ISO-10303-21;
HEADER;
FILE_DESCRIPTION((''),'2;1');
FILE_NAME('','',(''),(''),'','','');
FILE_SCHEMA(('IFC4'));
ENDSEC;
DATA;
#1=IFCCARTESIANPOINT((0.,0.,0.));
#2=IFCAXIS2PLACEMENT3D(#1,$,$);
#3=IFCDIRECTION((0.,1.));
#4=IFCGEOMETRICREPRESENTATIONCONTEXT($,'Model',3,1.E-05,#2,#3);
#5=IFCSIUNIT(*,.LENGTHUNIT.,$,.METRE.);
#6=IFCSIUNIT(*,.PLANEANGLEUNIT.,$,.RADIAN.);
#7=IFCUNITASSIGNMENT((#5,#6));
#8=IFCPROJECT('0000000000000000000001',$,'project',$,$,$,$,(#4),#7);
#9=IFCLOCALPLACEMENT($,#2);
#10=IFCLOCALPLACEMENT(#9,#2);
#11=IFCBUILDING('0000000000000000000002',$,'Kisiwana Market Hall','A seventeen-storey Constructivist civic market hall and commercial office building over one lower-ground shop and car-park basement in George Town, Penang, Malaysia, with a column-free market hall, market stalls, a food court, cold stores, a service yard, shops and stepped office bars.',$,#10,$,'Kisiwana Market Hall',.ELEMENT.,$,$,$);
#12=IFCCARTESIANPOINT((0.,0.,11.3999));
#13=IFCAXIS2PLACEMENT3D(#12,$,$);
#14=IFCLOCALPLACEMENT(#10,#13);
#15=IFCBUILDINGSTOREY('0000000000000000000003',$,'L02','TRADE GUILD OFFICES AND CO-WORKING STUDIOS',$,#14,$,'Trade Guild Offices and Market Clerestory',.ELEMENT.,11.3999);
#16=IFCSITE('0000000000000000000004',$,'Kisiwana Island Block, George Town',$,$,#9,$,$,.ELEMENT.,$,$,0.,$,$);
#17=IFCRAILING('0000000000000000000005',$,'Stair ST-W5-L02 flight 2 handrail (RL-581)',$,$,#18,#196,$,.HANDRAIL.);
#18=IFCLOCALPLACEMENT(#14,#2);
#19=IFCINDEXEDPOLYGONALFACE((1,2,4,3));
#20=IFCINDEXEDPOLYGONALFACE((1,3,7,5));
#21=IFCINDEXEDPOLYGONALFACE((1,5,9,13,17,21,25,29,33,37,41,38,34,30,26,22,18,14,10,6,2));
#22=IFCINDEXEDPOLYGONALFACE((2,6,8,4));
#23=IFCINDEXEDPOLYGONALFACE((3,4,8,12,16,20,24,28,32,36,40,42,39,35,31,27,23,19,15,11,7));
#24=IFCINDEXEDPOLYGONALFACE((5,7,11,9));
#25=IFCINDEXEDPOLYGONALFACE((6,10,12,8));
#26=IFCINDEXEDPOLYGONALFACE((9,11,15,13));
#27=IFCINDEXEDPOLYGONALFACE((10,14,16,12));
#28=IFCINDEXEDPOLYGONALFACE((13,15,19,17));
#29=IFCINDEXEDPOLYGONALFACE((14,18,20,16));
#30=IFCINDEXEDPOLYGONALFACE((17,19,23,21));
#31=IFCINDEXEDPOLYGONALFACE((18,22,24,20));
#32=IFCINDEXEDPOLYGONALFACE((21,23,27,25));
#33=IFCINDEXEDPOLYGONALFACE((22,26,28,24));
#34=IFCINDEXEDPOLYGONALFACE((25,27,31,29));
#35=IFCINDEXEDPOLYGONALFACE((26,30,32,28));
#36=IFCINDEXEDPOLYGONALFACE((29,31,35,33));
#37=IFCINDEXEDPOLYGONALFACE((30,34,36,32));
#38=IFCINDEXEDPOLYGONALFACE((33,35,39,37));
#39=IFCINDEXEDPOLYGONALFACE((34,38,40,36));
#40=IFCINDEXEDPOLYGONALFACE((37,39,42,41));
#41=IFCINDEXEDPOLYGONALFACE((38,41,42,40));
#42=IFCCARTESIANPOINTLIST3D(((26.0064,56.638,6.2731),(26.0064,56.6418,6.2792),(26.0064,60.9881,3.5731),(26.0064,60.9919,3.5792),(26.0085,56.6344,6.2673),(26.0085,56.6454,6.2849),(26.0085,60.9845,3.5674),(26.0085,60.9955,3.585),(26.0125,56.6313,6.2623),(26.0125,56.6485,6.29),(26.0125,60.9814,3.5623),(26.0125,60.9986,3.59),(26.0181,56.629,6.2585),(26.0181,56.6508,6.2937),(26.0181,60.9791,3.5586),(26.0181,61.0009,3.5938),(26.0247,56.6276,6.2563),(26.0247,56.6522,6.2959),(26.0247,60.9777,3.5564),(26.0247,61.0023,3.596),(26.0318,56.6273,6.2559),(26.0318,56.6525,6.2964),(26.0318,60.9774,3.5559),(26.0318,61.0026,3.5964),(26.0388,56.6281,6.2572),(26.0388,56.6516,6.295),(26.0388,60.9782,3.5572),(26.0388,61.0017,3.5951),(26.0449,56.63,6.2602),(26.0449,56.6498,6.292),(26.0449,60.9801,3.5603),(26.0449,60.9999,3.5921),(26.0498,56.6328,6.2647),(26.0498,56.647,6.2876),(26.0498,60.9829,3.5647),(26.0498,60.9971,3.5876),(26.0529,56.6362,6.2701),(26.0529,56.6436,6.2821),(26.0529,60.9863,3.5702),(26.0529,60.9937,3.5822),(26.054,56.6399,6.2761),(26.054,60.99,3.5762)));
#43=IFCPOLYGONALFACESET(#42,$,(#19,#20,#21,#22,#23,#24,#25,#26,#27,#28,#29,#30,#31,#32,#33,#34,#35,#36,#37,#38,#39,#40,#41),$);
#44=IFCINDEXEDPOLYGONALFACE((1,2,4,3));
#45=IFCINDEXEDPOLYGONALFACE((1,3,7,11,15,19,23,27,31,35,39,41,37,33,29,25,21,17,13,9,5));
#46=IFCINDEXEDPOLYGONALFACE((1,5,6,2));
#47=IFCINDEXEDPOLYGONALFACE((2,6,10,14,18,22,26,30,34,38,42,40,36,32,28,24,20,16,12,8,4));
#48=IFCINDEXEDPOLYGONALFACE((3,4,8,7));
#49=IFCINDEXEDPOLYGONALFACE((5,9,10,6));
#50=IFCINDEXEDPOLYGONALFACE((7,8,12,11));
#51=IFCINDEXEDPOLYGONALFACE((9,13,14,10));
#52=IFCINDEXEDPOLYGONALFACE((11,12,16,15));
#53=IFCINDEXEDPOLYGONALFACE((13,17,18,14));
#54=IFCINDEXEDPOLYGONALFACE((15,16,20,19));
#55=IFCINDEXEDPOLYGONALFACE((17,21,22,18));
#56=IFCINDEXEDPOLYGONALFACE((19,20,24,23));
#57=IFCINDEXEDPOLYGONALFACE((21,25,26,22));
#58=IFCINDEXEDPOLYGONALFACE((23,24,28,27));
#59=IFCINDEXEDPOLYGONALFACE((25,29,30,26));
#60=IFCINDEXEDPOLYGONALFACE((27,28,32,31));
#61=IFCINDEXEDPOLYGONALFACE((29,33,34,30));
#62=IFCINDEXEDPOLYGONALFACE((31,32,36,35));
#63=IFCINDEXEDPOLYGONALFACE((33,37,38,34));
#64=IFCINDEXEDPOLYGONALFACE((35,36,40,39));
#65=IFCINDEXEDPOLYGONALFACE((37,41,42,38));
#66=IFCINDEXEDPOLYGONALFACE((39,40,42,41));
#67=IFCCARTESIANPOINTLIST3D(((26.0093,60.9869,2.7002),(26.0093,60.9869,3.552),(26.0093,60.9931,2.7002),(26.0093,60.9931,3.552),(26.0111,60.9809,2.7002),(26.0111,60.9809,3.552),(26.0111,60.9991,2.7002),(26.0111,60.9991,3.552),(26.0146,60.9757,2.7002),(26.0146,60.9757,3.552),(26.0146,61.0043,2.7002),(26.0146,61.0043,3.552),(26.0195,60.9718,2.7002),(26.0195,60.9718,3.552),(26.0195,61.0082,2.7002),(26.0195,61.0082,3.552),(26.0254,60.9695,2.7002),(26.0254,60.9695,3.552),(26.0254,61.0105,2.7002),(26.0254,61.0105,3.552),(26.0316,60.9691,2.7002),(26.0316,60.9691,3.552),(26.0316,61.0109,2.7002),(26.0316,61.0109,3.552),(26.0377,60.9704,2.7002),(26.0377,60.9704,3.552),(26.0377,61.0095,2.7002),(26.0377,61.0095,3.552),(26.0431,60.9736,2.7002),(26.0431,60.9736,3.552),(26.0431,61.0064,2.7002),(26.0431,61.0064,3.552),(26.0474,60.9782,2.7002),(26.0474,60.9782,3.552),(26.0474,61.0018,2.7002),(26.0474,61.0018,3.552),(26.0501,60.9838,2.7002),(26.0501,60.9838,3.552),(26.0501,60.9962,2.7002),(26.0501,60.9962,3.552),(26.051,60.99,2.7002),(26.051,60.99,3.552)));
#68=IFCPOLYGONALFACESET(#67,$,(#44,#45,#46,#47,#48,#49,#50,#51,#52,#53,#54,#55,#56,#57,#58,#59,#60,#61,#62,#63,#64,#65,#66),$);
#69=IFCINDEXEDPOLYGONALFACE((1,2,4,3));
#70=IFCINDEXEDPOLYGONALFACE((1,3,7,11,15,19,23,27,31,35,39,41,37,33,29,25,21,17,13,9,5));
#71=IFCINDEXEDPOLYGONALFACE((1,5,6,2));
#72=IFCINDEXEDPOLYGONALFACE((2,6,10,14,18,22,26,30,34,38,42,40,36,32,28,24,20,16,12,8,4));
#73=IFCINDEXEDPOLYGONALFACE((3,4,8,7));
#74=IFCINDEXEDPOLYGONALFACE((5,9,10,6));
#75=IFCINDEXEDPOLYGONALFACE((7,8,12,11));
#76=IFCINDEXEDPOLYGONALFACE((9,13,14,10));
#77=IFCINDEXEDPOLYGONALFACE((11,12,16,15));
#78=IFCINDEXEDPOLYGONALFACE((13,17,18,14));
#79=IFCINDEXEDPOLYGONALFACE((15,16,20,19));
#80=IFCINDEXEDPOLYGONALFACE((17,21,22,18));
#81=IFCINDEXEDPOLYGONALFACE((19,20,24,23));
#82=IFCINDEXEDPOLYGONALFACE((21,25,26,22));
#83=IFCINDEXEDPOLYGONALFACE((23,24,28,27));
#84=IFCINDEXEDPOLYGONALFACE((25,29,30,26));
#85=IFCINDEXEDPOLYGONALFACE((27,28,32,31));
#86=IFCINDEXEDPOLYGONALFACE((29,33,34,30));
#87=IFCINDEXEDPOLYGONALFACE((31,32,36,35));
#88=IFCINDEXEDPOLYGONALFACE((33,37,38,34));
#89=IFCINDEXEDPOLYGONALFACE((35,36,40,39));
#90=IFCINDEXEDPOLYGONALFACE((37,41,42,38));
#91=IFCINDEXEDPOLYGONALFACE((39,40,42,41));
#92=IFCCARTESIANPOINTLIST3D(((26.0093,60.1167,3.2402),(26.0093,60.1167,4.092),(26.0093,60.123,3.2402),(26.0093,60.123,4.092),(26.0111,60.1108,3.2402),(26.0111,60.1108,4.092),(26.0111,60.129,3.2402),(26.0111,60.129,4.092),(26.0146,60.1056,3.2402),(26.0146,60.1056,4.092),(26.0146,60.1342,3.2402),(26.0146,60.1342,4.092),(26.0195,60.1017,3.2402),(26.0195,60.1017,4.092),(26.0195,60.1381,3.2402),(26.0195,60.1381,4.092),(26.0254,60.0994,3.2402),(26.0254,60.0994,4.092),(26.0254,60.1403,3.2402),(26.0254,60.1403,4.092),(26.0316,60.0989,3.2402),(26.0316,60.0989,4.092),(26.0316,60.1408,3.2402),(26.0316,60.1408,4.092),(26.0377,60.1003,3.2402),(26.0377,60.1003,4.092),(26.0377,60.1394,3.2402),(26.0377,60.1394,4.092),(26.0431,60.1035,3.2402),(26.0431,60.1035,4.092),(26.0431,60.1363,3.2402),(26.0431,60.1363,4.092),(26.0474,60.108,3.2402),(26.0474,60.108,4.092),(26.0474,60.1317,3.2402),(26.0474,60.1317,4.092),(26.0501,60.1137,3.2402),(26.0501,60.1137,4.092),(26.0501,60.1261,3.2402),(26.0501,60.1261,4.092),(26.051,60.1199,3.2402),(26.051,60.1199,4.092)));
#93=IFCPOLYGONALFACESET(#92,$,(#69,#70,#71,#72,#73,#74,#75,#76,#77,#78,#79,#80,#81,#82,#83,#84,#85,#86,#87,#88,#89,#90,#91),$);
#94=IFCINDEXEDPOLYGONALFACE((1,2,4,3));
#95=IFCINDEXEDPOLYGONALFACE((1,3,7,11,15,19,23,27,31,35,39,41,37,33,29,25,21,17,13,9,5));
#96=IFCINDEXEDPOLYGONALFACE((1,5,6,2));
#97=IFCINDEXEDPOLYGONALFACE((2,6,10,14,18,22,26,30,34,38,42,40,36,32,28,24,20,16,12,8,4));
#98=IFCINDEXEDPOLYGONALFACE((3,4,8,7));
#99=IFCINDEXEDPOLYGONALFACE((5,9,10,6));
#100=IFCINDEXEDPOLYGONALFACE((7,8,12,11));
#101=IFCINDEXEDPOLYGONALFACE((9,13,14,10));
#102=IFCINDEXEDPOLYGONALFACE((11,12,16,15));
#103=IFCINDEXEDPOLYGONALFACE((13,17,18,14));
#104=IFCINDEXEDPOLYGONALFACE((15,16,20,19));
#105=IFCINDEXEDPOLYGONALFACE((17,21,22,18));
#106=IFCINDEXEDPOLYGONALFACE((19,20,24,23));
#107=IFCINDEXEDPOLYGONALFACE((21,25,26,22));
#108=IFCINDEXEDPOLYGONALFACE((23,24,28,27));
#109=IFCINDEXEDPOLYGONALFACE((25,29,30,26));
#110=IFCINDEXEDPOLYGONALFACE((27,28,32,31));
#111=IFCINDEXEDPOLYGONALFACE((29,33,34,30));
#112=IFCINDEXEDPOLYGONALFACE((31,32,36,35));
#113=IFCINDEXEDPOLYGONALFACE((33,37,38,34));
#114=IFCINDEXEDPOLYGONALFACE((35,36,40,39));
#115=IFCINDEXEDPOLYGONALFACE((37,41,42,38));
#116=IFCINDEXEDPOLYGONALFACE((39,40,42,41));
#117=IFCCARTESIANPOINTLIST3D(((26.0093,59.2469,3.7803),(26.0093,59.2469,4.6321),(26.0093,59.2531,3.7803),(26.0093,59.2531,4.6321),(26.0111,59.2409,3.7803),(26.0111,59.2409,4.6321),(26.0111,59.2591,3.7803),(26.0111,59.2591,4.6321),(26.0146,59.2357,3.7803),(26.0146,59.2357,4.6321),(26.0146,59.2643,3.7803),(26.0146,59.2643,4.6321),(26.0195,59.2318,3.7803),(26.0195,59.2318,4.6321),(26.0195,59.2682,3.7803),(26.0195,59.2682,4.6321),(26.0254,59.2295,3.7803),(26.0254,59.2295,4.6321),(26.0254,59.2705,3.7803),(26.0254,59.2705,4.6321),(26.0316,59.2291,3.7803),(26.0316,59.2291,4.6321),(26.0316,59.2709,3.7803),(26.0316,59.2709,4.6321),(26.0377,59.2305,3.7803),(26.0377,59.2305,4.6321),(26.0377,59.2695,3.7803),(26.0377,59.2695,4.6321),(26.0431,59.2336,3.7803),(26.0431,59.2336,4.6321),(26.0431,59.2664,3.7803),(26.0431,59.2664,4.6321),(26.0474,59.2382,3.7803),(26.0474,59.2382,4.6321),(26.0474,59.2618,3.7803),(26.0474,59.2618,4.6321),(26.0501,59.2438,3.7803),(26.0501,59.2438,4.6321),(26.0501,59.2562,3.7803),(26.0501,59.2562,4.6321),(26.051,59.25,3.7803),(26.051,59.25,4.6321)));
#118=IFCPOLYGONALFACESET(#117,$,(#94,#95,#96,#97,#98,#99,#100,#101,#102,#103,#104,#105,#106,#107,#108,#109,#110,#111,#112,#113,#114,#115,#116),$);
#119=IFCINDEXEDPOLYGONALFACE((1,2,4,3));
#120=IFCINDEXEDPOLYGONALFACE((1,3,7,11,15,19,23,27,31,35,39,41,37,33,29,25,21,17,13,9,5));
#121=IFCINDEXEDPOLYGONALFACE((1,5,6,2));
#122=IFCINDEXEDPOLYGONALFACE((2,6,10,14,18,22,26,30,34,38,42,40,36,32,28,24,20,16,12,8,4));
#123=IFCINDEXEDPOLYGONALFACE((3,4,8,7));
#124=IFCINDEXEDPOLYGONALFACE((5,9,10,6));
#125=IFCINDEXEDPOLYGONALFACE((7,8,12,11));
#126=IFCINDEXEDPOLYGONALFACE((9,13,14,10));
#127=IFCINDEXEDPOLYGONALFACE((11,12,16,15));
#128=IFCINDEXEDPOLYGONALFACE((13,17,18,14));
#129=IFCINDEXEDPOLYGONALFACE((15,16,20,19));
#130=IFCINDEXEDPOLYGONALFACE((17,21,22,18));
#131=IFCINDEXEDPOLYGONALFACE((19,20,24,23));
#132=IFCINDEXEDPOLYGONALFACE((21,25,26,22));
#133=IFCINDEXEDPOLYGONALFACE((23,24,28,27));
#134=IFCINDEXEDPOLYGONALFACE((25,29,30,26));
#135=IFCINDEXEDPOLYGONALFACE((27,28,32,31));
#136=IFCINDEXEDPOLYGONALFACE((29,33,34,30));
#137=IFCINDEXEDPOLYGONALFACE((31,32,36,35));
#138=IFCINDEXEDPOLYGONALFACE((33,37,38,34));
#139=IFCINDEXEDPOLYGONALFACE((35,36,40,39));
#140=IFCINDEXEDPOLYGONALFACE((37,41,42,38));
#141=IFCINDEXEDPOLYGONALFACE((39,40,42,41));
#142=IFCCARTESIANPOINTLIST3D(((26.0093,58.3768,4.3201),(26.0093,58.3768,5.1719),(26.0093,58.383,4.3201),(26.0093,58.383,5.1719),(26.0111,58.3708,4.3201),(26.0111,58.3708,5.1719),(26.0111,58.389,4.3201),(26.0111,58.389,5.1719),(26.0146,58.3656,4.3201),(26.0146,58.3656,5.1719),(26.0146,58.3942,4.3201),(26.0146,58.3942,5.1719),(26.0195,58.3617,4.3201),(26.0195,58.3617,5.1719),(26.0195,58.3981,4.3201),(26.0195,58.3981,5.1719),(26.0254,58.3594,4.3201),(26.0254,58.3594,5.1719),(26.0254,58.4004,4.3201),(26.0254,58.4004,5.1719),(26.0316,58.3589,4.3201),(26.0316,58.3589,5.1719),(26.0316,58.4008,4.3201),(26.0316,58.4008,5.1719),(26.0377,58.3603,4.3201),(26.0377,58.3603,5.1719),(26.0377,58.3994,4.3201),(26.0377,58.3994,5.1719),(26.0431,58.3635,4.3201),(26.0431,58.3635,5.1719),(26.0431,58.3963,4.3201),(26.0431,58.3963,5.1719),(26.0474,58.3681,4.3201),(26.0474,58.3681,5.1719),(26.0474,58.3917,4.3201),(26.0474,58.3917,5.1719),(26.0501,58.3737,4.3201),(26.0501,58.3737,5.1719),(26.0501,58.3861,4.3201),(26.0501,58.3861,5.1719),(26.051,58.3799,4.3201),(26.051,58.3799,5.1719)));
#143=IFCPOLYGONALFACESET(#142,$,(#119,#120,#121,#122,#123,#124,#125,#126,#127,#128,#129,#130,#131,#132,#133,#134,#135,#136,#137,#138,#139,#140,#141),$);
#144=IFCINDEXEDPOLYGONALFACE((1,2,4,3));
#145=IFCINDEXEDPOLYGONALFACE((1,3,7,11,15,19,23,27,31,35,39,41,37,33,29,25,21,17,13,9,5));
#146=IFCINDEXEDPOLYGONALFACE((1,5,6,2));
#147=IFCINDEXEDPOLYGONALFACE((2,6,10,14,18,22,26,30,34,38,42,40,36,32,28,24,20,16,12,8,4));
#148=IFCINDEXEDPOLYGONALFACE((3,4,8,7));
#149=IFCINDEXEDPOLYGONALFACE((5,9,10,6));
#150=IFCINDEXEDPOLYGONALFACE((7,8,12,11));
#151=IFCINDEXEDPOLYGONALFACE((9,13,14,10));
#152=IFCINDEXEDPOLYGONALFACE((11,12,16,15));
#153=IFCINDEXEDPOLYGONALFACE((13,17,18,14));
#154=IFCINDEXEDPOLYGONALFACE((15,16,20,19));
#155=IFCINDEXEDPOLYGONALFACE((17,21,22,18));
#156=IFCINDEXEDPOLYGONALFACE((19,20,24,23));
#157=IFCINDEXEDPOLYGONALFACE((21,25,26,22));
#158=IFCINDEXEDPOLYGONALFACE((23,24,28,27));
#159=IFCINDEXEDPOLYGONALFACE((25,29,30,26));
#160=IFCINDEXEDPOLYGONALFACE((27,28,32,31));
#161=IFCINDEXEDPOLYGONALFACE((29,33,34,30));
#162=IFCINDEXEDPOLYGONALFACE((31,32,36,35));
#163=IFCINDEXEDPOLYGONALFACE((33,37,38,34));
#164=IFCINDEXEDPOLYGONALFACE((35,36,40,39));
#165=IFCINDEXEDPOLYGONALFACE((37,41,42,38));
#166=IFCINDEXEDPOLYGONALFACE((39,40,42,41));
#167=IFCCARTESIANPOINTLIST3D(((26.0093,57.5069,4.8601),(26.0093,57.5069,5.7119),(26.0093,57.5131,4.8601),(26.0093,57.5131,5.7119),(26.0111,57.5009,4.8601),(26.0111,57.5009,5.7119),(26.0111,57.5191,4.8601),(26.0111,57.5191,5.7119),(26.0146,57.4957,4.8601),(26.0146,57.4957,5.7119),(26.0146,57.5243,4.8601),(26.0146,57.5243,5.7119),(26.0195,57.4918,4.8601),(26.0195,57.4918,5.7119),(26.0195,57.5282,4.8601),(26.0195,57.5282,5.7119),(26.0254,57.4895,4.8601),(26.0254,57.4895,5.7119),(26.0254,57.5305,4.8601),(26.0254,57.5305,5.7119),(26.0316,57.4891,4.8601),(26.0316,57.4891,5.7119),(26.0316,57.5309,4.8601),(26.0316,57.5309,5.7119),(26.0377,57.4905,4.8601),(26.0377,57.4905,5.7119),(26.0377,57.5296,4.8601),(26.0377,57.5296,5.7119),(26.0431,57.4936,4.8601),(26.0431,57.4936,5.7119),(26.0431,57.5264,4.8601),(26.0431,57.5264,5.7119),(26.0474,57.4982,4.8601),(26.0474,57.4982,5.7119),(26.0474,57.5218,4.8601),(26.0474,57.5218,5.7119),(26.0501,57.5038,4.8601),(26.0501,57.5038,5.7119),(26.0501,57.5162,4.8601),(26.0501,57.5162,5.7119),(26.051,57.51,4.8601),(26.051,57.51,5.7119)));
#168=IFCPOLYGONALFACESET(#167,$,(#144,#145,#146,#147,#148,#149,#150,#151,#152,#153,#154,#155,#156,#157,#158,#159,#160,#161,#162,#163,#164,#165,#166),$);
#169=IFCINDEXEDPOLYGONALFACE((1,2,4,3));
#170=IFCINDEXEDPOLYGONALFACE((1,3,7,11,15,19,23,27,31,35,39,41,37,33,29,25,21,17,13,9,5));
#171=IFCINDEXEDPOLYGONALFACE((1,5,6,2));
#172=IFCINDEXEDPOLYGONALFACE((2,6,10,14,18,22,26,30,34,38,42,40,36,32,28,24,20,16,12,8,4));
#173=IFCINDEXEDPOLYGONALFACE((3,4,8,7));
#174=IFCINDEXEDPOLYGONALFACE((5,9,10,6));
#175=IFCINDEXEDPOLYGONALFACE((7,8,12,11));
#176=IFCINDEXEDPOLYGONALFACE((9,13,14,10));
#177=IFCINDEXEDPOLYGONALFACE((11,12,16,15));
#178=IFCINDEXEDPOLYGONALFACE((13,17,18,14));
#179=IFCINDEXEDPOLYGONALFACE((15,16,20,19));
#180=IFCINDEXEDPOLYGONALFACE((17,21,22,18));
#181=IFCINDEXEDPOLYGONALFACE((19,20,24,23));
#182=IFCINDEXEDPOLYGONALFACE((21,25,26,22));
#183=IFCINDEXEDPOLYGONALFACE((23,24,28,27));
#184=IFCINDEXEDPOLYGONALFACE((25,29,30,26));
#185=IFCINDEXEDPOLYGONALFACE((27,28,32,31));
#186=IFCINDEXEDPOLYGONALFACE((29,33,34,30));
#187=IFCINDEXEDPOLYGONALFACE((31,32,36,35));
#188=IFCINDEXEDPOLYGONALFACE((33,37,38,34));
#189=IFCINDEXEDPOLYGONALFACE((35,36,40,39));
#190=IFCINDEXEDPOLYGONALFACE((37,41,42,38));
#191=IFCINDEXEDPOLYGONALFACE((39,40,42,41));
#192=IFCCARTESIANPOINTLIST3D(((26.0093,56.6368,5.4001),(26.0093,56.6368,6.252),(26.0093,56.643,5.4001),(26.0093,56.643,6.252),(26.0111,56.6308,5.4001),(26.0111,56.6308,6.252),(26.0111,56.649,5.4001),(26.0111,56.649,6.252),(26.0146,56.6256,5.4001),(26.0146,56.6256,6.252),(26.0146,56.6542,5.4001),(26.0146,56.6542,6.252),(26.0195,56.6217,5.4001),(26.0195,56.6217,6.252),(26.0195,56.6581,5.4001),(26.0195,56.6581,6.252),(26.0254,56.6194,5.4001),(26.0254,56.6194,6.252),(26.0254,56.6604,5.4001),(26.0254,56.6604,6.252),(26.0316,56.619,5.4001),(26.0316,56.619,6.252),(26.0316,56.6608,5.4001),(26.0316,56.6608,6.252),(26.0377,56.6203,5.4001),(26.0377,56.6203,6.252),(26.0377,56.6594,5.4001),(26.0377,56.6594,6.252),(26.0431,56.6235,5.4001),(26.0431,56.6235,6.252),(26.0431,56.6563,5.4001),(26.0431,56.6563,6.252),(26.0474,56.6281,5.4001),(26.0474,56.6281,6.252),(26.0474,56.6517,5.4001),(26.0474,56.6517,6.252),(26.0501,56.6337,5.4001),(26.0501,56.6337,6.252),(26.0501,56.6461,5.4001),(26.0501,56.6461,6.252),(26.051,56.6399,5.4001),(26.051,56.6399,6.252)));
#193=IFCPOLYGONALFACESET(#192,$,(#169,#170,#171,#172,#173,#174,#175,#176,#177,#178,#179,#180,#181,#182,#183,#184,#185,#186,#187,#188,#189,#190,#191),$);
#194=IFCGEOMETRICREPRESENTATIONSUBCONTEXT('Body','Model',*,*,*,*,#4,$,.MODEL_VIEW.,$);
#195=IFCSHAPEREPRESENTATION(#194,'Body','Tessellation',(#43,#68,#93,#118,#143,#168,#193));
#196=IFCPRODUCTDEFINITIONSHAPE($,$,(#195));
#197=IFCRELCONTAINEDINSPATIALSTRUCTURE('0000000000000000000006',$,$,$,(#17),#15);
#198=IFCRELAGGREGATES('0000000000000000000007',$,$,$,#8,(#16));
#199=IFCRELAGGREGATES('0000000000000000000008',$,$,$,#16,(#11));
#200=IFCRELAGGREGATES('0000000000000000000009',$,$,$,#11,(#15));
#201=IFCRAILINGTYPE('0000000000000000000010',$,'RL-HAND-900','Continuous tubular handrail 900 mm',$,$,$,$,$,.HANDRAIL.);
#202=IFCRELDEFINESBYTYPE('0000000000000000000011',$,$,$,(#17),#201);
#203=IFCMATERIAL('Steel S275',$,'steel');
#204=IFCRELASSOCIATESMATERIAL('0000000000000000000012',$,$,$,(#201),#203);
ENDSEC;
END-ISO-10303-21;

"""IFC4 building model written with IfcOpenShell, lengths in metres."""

from ifc_helpers import new_model, si_unit, direction, frame, origin, origin_2d, place, context, subcontext, project, spatial, circle, extrude, material, type_object, element, save


model = new_model("IFC4")

# Units and contexts
model_context = context("Model", 3, precision=1e-05, world=origin(), true_north=direction((0.0, 1.0)))
body_context = subcontext(model_context, "Body", "Model", "MODEL_VIEW")
ifc_project = project(units=[si_unit("LENGTHUNIT", "METRE"), si_unit("PLANEANGLEUNIT", "RADIAN")], contexts=[model_context])

# Site, building, storey
site_placement = place(None, origin())
site = spatial("IfcSite", under=ifc_project, at=site_placement, Name="Kisiwana Island Block, George Town", CompositionType="ELEMENT", RefElevation=0.0)
building_placement = place(site_placement, origin())
building = spatial("IfcBuilding", under=site, at=building_placement, Name="Kisiwana Market Hall", Description="A seventeen-storey Constructivist civic market hall and commercial office building over one lower-ground shop and car-park basement in George Town, Penang, Malaysia, with a column-free market hall, market stalls, a food court, cold stores, a service yard, shops and stepped office bars.", LongName="Kisiwana Market Hall", CompositionType="ELEMENT")
storey_placement = place(building_placement, frame((0.0, 0.0, 11.3999)))
storey = spatial("IfcBuildingStorey", under=building, at=storey_placement, Name="L02", Description="TRADE GUILD OFFICES AND CO-WORKING STUDIOS", LongName="Trade Guild Offices and Market Clerestory", CompositionType="ELEMENT", Elevation=11.3999)

# Railing
ifc_material_1 = material(Name="Steel S275", Category="steel")
railing_type_1 = type_object("IfcRailingType", Name="RL-HAND-900", Description="Continuous tubular handrail 900 mm", PredefinedType="HANDRAIL", material=ifc_material_1)
railing_1_placement = place(storey_placement, frame((26.03, 60.99, 2.7002)))
element("IfcRailing", 1, at=railing_1_placement, inside=storey, type_object=railing_type_1, Name="Stair ST-W5-L02 flight 2 handrail (RL-581)", PredefinedType="HANDRAIL", context=body_context, shape_type="SweptSolid", body=[
    extrude(circle(Radius=0.0239, at=origin_2d()), frame((0.0, 0.0, 0.876), z_axis=(0.0, -0.84965, 0.527347), x_axis=(1.0, 0.0, 0.0)), (0.0, 0.0, 1.0), 5.1199),
    extrude(circle(Radius=0.021, at=origin_2d()), origin(), (0.0, 0.0, 1.0), 0.8518),
    extrude(circle(Radius=0.021, at=origin_2d()), frame((0.0, -0.8701, 0.54)), (0.0, 0.0, 1.0), 0.8518),
    extrude(circle(Radius=0.021, at=origin_2d()), frame((0.0, -1.74, 1.0801)), (0.0, 0.0, 1.0), 0.8518),
    extrude(circle(Radius=0.021, at=origin_2d()), frame((0.0, -2.6101, 1.6199)), (0.0, 0.0, 1.0), 0.8518),
    extrude(circle(Radius=0.021, at=origin_2d()), frame((0.0, -3.48, 2.1599)), (0.0, 0.0, 1.0), 0.8518),
    extrude(circle(Radius=0.021, at=origin_2d()), frame((0.0, -4.3501, 2.7)), (0.0, 0.0, 1.0), 0.8518),
])

save(model, "model.ifc")
